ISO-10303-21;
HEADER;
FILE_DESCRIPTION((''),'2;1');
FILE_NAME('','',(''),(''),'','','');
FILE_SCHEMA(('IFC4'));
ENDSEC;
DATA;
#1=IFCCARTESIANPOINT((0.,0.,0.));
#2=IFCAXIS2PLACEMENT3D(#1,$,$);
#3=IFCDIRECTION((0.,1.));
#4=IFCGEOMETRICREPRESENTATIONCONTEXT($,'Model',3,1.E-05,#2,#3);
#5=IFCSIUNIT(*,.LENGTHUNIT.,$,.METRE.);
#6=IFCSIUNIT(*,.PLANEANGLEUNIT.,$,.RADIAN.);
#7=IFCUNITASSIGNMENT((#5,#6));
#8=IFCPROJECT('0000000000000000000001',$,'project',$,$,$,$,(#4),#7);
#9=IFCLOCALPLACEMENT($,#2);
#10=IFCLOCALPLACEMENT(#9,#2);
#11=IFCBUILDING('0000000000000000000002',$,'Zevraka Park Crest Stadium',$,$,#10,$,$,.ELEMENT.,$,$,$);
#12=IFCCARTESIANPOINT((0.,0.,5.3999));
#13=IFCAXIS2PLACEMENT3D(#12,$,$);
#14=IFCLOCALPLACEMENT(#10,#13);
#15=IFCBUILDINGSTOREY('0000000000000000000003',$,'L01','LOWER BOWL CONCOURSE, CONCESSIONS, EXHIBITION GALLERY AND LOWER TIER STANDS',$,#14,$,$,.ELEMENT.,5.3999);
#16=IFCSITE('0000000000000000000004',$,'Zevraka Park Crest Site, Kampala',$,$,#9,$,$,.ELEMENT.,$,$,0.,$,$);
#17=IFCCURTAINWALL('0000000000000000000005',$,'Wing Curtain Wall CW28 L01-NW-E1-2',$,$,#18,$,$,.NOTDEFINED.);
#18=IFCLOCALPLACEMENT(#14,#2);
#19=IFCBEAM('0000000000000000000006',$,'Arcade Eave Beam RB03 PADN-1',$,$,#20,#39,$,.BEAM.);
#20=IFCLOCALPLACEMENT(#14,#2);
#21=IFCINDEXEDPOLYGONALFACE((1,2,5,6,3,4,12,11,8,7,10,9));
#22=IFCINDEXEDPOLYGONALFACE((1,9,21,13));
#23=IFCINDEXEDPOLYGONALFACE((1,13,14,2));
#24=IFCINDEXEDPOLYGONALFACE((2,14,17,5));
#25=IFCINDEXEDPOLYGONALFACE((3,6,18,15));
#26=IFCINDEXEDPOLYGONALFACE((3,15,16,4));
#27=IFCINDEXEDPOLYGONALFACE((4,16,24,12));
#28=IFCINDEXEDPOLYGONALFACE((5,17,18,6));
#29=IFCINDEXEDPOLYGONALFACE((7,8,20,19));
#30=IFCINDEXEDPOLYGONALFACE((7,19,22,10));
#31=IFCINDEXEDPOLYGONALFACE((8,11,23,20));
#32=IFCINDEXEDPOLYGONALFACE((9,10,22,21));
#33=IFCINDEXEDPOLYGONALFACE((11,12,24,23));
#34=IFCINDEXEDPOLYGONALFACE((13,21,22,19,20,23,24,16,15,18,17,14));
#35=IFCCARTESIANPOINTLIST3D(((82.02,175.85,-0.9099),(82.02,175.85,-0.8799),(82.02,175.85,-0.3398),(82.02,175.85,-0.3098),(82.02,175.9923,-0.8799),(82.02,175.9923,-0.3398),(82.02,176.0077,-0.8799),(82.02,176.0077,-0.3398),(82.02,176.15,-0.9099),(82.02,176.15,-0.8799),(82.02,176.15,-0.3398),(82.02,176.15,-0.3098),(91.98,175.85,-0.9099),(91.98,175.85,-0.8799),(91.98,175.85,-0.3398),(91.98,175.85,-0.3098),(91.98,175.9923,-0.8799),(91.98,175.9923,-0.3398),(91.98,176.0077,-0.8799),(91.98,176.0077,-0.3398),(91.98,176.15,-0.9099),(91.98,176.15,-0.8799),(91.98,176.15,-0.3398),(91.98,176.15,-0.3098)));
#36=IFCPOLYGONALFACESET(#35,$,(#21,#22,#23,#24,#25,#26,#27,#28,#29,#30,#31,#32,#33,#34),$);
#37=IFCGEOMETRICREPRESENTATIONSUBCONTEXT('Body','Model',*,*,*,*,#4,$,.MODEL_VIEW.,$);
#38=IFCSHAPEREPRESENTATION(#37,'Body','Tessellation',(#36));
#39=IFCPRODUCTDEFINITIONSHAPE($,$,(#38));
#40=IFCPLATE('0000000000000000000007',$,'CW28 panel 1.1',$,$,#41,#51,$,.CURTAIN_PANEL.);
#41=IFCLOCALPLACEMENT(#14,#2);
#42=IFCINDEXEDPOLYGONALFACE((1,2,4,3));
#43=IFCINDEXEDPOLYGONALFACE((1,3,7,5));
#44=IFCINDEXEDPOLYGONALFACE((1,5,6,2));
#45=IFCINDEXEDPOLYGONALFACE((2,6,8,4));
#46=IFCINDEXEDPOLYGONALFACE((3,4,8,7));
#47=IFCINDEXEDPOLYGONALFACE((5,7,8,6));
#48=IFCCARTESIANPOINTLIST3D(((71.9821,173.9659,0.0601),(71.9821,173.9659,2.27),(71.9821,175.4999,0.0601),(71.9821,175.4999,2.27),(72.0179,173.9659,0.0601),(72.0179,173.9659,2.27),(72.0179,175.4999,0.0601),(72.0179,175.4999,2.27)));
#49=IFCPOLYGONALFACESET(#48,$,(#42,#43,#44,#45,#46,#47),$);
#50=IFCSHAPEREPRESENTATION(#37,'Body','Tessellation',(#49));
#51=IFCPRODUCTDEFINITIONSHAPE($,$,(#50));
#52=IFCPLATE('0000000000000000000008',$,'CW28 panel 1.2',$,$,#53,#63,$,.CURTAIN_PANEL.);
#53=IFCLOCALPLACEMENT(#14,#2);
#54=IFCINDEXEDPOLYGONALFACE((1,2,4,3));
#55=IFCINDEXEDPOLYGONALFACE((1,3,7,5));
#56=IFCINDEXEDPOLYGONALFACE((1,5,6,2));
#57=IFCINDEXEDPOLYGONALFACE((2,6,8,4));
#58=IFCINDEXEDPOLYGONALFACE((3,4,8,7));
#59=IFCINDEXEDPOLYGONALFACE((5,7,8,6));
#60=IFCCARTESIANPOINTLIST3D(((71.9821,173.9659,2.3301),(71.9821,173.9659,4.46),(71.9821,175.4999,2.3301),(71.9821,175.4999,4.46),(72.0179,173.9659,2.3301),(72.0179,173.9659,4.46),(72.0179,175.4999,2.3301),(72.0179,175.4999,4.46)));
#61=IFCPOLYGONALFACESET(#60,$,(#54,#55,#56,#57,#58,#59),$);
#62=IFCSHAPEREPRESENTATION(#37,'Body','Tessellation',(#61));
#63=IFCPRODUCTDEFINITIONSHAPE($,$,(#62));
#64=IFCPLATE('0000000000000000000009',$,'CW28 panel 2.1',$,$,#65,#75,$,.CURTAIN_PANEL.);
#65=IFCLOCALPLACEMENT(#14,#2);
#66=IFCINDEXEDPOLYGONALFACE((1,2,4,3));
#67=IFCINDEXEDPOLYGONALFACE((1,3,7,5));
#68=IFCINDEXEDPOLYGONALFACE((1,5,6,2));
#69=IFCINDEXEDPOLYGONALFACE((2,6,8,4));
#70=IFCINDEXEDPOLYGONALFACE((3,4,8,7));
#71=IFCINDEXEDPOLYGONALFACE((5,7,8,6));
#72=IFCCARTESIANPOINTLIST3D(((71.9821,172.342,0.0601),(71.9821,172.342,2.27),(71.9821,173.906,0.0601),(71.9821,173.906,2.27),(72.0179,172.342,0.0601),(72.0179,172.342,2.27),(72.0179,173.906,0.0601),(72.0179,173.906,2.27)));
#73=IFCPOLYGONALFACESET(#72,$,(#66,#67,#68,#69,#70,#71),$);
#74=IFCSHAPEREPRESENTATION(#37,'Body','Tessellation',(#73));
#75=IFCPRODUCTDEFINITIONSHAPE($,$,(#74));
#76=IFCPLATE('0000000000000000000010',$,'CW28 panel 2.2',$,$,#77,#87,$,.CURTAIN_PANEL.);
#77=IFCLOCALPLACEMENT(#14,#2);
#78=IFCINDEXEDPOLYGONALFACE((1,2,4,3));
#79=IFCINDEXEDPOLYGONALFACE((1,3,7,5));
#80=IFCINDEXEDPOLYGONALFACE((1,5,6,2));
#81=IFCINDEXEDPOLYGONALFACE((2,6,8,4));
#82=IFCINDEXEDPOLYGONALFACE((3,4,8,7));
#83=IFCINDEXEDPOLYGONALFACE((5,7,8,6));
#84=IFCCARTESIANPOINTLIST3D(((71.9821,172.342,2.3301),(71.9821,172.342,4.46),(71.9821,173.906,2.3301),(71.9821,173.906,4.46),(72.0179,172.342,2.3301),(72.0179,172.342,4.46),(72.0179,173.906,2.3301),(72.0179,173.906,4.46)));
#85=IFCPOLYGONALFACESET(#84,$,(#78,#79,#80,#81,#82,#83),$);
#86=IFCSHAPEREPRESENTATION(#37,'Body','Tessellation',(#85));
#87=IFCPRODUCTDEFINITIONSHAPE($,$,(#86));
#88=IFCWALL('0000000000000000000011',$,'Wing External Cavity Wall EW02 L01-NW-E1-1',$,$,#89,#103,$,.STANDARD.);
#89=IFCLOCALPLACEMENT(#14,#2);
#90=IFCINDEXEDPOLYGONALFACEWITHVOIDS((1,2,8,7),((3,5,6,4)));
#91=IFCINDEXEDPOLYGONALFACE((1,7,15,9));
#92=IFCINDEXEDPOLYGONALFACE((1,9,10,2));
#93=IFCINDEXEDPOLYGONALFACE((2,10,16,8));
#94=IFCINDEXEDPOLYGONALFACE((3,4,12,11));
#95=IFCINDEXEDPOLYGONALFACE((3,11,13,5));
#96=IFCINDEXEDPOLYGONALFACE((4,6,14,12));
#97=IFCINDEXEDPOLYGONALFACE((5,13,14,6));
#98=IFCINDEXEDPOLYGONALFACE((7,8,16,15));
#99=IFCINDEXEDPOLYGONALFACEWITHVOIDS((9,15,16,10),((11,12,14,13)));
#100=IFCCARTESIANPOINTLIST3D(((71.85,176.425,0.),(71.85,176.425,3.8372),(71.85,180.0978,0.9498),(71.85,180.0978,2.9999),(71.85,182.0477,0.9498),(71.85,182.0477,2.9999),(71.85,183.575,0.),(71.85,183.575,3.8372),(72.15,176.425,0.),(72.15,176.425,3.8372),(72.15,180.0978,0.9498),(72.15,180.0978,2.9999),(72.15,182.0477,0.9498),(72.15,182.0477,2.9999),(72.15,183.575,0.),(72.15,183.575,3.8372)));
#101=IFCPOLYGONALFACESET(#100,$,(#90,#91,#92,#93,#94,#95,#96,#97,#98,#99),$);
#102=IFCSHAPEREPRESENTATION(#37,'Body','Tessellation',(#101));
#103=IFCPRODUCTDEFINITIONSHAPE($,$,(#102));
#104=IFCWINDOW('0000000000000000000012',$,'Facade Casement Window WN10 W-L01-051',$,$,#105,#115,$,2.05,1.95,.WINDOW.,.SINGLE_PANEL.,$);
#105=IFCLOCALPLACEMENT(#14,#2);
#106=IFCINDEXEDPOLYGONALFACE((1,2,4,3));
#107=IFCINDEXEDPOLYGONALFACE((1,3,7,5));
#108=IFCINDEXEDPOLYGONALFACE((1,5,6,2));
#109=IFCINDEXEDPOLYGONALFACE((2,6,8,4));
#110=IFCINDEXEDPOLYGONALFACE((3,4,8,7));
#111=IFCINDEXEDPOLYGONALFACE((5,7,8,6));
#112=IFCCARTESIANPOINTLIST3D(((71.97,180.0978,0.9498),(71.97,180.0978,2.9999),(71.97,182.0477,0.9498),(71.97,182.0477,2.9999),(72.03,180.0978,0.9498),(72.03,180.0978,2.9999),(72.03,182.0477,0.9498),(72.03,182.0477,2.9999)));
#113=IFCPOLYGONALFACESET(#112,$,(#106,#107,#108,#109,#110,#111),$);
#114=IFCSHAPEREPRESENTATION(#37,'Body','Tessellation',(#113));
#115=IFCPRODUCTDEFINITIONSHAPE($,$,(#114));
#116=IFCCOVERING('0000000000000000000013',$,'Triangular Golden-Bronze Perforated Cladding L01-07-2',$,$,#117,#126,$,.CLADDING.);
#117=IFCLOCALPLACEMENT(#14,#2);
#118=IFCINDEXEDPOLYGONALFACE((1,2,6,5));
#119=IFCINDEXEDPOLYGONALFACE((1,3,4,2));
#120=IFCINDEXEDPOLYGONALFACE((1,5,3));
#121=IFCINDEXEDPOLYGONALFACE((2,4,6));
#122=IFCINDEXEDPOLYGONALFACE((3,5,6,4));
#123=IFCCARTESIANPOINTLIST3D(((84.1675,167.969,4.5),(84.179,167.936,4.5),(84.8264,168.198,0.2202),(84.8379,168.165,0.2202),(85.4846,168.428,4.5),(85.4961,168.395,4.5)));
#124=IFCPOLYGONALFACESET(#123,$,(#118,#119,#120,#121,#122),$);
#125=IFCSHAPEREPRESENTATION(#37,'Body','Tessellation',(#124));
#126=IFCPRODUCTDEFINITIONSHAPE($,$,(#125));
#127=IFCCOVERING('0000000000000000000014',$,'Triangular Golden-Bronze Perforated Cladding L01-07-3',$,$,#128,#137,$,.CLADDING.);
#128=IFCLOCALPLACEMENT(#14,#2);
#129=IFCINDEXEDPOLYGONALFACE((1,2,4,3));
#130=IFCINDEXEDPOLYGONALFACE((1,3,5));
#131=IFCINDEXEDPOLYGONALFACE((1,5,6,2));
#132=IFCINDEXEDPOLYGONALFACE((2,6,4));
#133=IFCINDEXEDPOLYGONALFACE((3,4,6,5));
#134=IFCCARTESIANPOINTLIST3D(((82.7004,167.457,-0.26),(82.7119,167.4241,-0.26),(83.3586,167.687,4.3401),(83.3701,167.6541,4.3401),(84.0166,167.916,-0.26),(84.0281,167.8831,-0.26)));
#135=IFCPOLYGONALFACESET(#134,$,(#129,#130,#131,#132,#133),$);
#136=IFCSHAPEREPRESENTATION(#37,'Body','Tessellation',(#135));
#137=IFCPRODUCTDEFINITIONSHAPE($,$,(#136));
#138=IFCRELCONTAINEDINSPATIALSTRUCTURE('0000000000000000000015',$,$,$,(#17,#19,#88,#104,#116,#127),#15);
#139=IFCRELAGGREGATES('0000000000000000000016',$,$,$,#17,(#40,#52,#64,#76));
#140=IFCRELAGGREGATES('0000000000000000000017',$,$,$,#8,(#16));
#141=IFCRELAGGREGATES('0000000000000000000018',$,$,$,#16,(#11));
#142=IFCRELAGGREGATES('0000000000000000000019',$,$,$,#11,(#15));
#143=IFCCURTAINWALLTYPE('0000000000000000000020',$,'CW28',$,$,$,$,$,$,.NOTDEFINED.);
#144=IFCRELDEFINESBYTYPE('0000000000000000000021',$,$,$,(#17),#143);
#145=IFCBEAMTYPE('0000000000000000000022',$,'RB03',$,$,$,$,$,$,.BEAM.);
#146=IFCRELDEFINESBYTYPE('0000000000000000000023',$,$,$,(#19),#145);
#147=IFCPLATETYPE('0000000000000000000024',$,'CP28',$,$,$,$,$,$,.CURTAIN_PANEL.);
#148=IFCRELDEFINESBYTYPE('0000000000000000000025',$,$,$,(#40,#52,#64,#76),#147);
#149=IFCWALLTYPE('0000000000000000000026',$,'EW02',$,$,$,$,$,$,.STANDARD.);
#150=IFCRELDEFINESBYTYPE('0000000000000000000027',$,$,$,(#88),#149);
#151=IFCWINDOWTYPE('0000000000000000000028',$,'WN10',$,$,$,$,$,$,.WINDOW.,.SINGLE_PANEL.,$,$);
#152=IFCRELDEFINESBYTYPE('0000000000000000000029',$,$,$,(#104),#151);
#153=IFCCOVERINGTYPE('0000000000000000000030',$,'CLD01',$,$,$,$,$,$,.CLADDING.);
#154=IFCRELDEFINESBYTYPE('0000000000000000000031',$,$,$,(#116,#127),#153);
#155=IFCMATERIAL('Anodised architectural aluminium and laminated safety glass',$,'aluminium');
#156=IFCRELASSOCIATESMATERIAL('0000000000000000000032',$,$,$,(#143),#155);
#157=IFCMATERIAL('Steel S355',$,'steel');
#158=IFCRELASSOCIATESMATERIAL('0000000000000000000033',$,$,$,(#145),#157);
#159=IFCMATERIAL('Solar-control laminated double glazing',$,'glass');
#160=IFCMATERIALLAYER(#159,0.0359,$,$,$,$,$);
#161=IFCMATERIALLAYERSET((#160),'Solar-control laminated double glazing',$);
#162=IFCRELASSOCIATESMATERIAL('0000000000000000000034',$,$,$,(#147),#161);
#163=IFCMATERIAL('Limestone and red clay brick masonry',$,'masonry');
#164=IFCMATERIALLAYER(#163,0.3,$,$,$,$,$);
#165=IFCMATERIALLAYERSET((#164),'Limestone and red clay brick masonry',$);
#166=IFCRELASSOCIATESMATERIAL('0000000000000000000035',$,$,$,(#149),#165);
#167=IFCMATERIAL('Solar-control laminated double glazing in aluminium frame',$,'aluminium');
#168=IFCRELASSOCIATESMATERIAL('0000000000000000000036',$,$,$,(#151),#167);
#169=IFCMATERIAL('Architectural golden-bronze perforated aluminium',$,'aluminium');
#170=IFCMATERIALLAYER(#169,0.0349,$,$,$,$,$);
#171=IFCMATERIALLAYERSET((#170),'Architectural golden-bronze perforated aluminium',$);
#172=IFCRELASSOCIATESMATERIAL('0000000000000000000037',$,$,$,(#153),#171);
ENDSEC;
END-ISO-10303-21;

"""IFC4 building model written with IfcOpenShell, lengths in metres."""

from ifc_helpers import new_model, si_unit, direction, frame, frame_2d, origin, origin_2d, place, context, subcontext, project, spatial, polyline, rectangle, i_section, outline, extrude, material, layer, layer_set, material_profile, profile_set, type_object, element, fill, aggregate, save


model = new_model("IFC4")

# Units and contexts
model_context = context("Model", 3, precision=1e-05, world=origin(), true_north=direction((0.0, 1.0)))
body_context = subcontext(model_context, "Body", "Model", "MODEL_VIEW")
ifc_project = project(units=[si_unit("LENGTHUNIT", "METRE"), si_unit("PLANEANGLEUNIT", "RADIAN")], contexts=[model_context])

# Site, building, storey
site_placement = place(None, origin())
site = spatial("IfcSite", under=ifc_project, at=site_placement, Name="Zevraka Park Crest Site, Kampala", CompositionType="ELEMENT", RefElevation=0.0)
building_placement = place(site_placement, origin())
building = spatial("IfcBuilding", under=site, at=building_placement, Name="Zevraka Park Crest Stadium", CompositionType="ELEMENT")
storey_placement = place(building_placement, frame((0.0, 0.0, 5.3999)))
storey = spatial("IfcBuildingStorey", under=building, at=storey_placement, Name="L01", Description="LOWER BOWL CONCOURSE, CONCESSIONS, EXHIBITION GALLERY AND LOWER TIER STANDS", CompositionType="ELEMENT", Elevation=5.3999)

# Curtain wall
ifc_material_1 = material(Name="Anodised architectural aluminium and laminated safety glass", Category="aluminium")
curtain_wall_type = type_object("IfcCurtainWallType", Name="CW28", PredefinedType="NOTDEFINED", material=ifc_material_1)
curtain_wall_placement = place(storey_placement, origin())
curtain_wall = element("IfcCurtainWall", 1, at=curtain_wall_placement, inside=storey, type_object=curtain_wall_type, Name="Wing Curtain Wall CW28 L01-NW-E1-2", PredefinedType="NOTDEFINED")

# Beam
ifc_material_2 = material(Name="Steel S355", Category="steel")
ifc_material_profile_1 = material_profile(ifc_material_2, i_section(OverallWidth=0.3, OverallDepth=0.6001, WebThickness=0.0154, FlangeThickness=0.03, at=origin_2d()), Name="HEB 600")
ifc_profile_set_1 = profile_set([ifc_material_profile_1], Name="Steel S355")
beam_type_1 = type_object("IfcBeamType", Name="RB03", PredefinedType="BEAM", material=ifc_profile_set_1)
beam_1_placement = place(storey_placement, frame((82.02, 176.0, -0.6099), z_axis=(1.0, 0.0, 0.0), x_axis=(0.0, 1.0, 0.0)))
element("IfcBeam", 2, at=beam_1_placement, inside=storey, type_object=beam_type_1, Name="Arcade Eave Beam RB03 PADN-1", PredefinedType="BEAM", context=body_context, shape_type="SweptSolid", body=[
    extrude(i_section(OverallWidth=0.3, OverallDepth=0.6001, WebThickness=0.0154, FlangeThickness=0.03, at=origin_2d()), origin(), (0.0, 0.0, 1.0), 9.96),
])

# Plates
ifc_material_3 = material(Name="Solar-control laminated double glazing", Category="glass")
ifc_layer_1 = layer(ifc_material_3, 0.0359)
ifc_layer_set_1 = layer_set([ifc_layer_1], Name="Solar-control laminated double glazing")
plate_type = type_object("IfcPlateType", Name="CP28", PredefinedType="CURTAIN_PANEL", material=ifc_layer_set_1)
plate_1_placement = place(storey_placement, frame((72.0, 174.7329, 0.0601), z_axis=(0.0, 0.0, 1.0), x_axis=(0.0, -1.0, 0.0)))
plate_1 = element("IfcPlate", 3, at=plate_1_placement, type_object=plate_type, Name="CW28 panel 1.1", PredefinedType="CURTAIN_PANEL", context=body_context, shape_type="SweptSolid", body=[
    extrude(rectangle(XDim=1.5339, YDim=0.0359, at=origin_2d()), origin(), (0.0, 0.0, 1.0), 2.21),
])
plate_2_placement = place(storey_placement, frame((72.0, 174.7329, 2.3301), z_axis=(0.0, 0.0, 1.0), x_axis=(0.0, -1.0, 0.0)))
plate_2 = element("IfcPlate", 4, at=plate_2_placement, type_object=plate_type, Name="CW28 panel 1.2", PredefinedType="CURTAIN_PANEL", context=body_context, shape_type="SweptSolid", body=[
    extrude(rectangle(XDim=1.5339, YDim=0.0359, at=origin_2d()), origin(), (0.0, 0.0, 1.0), 2.1299),
])
plate_3_placement = place(storey_placement, frame((72.0, 173.124, 0.0601), z_axis=(0.0, 0.0, 1.0), x_axis=(0.0, -1.0, 0.0)))
plate_3 = element("IfcPlate", 5, at=plate_3_placement, type_object=plate_type, Name="CW28 panel 2.1", PredefinedType="CURTAIN_PANEL", context=body_context, shape_type="SweptSolid", body=[
    extrude(rectangle(XDim=1.564, YDim=0.0359, at=origin_2d()), origin(), (0.0, 0.0, 1.0), 2.21),
])
plate_4_placement = place(storey_placement, frame((72.0, 173.124, 2.3301), z_axis=(0.0, 0.0, 1.0), x_axis=(0.0, -1.0, 0.0)))
plate_4 = element("IfcPlate", 6, at=plate_4_placement, type_object=plate_type, Name="CW28 panel 2.2", PredefinedType="CURTAIN_PANEL", context=body_context, shape_type="SweptSolid", body=[
    extrude(rectangle(XDim=1.564, YDim=0.0359, at=origin_2d()), origin(), (0.0, 0.0, 1.0), 2.1299),
])
aggregate(curtain_wall, [plate_1, plate_2, plate_3, plate_4])

# Wall, opening, window
ifc_material_4 = material(Name="Limestone and red clay brick masonry", Category="masonry")
ifc_layer_2 = layer(ifc_material_4, 0.3)
ifc_layer_set_2 = layer_set([ifc_layer_2], Name="Limestone and red clay brick masonry")
wall_type = type_object("IfcWallType", Name="EW02", PredefinedType="STANDARD", material=ifc_layer_set_2)
wall_placement = place(storey_placement, frame((72.0, 183.575, 0.0), z_axis=(0.0, 0.0, 1.0), x_axis=(0.0, -1.0, 0.0)))
wall = element("IfcWall", 7, at=wall_placement, inside=storey, type_object=wall_type, Name="Wing External Cavity Wall EW02 L01-NW-E1-1", PredefinedType="STANDARD", context=body_context, shape_type="SweptSolid", body=[
    extrude(rectangle(XDim=7.1499, YDim=0.3, at=frame_2d((3.575, 0.0))), origin(), (0.0, 0.0, 1.0), 3.8372),
])
opening_placement = place(wall_placement, frame((1.5271, 0.0, 0.95)))
opening = element("IfcOpeningElement", 8, at=opening_placement, cuts=wall, PredefinedType="OPENING", context=body_context, shape_type="SweptSolid", body=[
    extrude(rectangle(XDim=1.95, YDim=2.05, at=frame_2d((0.9751, 1.0249))), frame((0.0, 0.1599, 0.0), z_axis=(0.0, -1.0, 0.0), x_axis=(1.0, 0.0, 0.0)), (0.0, 0.0, 1.0), 0.3201),
])
ifc_material_5 = material(Name="Solar-control laminated double glazing in aluminium frame", Category="aluminium")
window_type = type_object("IfcWindowType", Name="WN10", PartitioningType="SINGLE_PANEL", PredefinedType="WINDOW", material=ifc_material_5)
window_placement = place(opening_placement, origin())
window = element("IfcWindow", 9, at=window_placement, inside=storey, type_object=window_type, Name="Facade Casement Window WN10 W-L01-051", OverallHeight=2.05, OverallWidth=1.95, PartitioningType="SINGLE_PANEL", PredefinedType="WINDOW", context=body_context, shape_type="SweptSolid", body=[
    extrude(rectangle(XDim=1.95, YDim=2.05, at=frame_2d((0.9751, 1.0249))), frame((0.0, 0.03, 0.0), z_axis=(0.0, -1.0, 0.0), x_axis=(1.0, 0.0, 0.0)), (0.0, 0.0, 1.0), 0.0601),
])
fill(opening, window)

# Coverings
ifc_material_6 = material(Name="Architectural golden-bronze perforated aluminium", Category="aluminium")
ifc_layer_3 = layer(ifc_material_6, 0.0349)
ifc_layer_set_3 = layer_set([ifc_layer_3], Name="Architectural golden-bronze perforated aluminium")
covering_type = type_object("IfcCoveringType", Name="CLD01", PredefinedType="CLADDING", material=ifc_layer_set_3)
covering_1_placement = place(storey_placement, frame((84.179, 167.936, 4.5), z_axis=(0.329064, -0.944308, 0.000136), x_axis=(0.944308, 0.329064, 0.0)))
element("IfcCovering", 10, at=covering_1_placement, inside=storey, type_object=covering_type, Name="Triangular Golden-Bronze Perforated Cladding L01-07-2", PredefinedType="CLADDING", context=body_context, shape_type="SweptSolid", body=[
    extrude(outline(polyline([(0.0, 0.0), (1.3948, 0.0), (0.6976, -4.2798), (0.0, 0.0)])), origin(), (0.0, 0.0, -1.0), 0.0349),
])
covering_2_placement = place(storey_placement, frame((84.0281, 167.8831, -0.26), z_axis=(0.329281, -0.944232, 0.000091), x_axis=(-0.944232, -0.329281, 0.0)))
element("IfcCovering", 11, at=covering_2_placement, inside=storey, type_object=covering_type, Name="Triangular Golden-Bronze Perforated Cladding L01-07-3", PredefinedType="CLADDING", context=body_context, shape_type="SweptSolid", body=[
    extrude(outline(polyline([(0.0, 0.0), (1.3939, 0.0), (0.6967, -4.6001), (0.0, 0.0)])), origin(), (0.0, 0.0, -1.0), 0.0349),
])

save(model, "model.ifc")
